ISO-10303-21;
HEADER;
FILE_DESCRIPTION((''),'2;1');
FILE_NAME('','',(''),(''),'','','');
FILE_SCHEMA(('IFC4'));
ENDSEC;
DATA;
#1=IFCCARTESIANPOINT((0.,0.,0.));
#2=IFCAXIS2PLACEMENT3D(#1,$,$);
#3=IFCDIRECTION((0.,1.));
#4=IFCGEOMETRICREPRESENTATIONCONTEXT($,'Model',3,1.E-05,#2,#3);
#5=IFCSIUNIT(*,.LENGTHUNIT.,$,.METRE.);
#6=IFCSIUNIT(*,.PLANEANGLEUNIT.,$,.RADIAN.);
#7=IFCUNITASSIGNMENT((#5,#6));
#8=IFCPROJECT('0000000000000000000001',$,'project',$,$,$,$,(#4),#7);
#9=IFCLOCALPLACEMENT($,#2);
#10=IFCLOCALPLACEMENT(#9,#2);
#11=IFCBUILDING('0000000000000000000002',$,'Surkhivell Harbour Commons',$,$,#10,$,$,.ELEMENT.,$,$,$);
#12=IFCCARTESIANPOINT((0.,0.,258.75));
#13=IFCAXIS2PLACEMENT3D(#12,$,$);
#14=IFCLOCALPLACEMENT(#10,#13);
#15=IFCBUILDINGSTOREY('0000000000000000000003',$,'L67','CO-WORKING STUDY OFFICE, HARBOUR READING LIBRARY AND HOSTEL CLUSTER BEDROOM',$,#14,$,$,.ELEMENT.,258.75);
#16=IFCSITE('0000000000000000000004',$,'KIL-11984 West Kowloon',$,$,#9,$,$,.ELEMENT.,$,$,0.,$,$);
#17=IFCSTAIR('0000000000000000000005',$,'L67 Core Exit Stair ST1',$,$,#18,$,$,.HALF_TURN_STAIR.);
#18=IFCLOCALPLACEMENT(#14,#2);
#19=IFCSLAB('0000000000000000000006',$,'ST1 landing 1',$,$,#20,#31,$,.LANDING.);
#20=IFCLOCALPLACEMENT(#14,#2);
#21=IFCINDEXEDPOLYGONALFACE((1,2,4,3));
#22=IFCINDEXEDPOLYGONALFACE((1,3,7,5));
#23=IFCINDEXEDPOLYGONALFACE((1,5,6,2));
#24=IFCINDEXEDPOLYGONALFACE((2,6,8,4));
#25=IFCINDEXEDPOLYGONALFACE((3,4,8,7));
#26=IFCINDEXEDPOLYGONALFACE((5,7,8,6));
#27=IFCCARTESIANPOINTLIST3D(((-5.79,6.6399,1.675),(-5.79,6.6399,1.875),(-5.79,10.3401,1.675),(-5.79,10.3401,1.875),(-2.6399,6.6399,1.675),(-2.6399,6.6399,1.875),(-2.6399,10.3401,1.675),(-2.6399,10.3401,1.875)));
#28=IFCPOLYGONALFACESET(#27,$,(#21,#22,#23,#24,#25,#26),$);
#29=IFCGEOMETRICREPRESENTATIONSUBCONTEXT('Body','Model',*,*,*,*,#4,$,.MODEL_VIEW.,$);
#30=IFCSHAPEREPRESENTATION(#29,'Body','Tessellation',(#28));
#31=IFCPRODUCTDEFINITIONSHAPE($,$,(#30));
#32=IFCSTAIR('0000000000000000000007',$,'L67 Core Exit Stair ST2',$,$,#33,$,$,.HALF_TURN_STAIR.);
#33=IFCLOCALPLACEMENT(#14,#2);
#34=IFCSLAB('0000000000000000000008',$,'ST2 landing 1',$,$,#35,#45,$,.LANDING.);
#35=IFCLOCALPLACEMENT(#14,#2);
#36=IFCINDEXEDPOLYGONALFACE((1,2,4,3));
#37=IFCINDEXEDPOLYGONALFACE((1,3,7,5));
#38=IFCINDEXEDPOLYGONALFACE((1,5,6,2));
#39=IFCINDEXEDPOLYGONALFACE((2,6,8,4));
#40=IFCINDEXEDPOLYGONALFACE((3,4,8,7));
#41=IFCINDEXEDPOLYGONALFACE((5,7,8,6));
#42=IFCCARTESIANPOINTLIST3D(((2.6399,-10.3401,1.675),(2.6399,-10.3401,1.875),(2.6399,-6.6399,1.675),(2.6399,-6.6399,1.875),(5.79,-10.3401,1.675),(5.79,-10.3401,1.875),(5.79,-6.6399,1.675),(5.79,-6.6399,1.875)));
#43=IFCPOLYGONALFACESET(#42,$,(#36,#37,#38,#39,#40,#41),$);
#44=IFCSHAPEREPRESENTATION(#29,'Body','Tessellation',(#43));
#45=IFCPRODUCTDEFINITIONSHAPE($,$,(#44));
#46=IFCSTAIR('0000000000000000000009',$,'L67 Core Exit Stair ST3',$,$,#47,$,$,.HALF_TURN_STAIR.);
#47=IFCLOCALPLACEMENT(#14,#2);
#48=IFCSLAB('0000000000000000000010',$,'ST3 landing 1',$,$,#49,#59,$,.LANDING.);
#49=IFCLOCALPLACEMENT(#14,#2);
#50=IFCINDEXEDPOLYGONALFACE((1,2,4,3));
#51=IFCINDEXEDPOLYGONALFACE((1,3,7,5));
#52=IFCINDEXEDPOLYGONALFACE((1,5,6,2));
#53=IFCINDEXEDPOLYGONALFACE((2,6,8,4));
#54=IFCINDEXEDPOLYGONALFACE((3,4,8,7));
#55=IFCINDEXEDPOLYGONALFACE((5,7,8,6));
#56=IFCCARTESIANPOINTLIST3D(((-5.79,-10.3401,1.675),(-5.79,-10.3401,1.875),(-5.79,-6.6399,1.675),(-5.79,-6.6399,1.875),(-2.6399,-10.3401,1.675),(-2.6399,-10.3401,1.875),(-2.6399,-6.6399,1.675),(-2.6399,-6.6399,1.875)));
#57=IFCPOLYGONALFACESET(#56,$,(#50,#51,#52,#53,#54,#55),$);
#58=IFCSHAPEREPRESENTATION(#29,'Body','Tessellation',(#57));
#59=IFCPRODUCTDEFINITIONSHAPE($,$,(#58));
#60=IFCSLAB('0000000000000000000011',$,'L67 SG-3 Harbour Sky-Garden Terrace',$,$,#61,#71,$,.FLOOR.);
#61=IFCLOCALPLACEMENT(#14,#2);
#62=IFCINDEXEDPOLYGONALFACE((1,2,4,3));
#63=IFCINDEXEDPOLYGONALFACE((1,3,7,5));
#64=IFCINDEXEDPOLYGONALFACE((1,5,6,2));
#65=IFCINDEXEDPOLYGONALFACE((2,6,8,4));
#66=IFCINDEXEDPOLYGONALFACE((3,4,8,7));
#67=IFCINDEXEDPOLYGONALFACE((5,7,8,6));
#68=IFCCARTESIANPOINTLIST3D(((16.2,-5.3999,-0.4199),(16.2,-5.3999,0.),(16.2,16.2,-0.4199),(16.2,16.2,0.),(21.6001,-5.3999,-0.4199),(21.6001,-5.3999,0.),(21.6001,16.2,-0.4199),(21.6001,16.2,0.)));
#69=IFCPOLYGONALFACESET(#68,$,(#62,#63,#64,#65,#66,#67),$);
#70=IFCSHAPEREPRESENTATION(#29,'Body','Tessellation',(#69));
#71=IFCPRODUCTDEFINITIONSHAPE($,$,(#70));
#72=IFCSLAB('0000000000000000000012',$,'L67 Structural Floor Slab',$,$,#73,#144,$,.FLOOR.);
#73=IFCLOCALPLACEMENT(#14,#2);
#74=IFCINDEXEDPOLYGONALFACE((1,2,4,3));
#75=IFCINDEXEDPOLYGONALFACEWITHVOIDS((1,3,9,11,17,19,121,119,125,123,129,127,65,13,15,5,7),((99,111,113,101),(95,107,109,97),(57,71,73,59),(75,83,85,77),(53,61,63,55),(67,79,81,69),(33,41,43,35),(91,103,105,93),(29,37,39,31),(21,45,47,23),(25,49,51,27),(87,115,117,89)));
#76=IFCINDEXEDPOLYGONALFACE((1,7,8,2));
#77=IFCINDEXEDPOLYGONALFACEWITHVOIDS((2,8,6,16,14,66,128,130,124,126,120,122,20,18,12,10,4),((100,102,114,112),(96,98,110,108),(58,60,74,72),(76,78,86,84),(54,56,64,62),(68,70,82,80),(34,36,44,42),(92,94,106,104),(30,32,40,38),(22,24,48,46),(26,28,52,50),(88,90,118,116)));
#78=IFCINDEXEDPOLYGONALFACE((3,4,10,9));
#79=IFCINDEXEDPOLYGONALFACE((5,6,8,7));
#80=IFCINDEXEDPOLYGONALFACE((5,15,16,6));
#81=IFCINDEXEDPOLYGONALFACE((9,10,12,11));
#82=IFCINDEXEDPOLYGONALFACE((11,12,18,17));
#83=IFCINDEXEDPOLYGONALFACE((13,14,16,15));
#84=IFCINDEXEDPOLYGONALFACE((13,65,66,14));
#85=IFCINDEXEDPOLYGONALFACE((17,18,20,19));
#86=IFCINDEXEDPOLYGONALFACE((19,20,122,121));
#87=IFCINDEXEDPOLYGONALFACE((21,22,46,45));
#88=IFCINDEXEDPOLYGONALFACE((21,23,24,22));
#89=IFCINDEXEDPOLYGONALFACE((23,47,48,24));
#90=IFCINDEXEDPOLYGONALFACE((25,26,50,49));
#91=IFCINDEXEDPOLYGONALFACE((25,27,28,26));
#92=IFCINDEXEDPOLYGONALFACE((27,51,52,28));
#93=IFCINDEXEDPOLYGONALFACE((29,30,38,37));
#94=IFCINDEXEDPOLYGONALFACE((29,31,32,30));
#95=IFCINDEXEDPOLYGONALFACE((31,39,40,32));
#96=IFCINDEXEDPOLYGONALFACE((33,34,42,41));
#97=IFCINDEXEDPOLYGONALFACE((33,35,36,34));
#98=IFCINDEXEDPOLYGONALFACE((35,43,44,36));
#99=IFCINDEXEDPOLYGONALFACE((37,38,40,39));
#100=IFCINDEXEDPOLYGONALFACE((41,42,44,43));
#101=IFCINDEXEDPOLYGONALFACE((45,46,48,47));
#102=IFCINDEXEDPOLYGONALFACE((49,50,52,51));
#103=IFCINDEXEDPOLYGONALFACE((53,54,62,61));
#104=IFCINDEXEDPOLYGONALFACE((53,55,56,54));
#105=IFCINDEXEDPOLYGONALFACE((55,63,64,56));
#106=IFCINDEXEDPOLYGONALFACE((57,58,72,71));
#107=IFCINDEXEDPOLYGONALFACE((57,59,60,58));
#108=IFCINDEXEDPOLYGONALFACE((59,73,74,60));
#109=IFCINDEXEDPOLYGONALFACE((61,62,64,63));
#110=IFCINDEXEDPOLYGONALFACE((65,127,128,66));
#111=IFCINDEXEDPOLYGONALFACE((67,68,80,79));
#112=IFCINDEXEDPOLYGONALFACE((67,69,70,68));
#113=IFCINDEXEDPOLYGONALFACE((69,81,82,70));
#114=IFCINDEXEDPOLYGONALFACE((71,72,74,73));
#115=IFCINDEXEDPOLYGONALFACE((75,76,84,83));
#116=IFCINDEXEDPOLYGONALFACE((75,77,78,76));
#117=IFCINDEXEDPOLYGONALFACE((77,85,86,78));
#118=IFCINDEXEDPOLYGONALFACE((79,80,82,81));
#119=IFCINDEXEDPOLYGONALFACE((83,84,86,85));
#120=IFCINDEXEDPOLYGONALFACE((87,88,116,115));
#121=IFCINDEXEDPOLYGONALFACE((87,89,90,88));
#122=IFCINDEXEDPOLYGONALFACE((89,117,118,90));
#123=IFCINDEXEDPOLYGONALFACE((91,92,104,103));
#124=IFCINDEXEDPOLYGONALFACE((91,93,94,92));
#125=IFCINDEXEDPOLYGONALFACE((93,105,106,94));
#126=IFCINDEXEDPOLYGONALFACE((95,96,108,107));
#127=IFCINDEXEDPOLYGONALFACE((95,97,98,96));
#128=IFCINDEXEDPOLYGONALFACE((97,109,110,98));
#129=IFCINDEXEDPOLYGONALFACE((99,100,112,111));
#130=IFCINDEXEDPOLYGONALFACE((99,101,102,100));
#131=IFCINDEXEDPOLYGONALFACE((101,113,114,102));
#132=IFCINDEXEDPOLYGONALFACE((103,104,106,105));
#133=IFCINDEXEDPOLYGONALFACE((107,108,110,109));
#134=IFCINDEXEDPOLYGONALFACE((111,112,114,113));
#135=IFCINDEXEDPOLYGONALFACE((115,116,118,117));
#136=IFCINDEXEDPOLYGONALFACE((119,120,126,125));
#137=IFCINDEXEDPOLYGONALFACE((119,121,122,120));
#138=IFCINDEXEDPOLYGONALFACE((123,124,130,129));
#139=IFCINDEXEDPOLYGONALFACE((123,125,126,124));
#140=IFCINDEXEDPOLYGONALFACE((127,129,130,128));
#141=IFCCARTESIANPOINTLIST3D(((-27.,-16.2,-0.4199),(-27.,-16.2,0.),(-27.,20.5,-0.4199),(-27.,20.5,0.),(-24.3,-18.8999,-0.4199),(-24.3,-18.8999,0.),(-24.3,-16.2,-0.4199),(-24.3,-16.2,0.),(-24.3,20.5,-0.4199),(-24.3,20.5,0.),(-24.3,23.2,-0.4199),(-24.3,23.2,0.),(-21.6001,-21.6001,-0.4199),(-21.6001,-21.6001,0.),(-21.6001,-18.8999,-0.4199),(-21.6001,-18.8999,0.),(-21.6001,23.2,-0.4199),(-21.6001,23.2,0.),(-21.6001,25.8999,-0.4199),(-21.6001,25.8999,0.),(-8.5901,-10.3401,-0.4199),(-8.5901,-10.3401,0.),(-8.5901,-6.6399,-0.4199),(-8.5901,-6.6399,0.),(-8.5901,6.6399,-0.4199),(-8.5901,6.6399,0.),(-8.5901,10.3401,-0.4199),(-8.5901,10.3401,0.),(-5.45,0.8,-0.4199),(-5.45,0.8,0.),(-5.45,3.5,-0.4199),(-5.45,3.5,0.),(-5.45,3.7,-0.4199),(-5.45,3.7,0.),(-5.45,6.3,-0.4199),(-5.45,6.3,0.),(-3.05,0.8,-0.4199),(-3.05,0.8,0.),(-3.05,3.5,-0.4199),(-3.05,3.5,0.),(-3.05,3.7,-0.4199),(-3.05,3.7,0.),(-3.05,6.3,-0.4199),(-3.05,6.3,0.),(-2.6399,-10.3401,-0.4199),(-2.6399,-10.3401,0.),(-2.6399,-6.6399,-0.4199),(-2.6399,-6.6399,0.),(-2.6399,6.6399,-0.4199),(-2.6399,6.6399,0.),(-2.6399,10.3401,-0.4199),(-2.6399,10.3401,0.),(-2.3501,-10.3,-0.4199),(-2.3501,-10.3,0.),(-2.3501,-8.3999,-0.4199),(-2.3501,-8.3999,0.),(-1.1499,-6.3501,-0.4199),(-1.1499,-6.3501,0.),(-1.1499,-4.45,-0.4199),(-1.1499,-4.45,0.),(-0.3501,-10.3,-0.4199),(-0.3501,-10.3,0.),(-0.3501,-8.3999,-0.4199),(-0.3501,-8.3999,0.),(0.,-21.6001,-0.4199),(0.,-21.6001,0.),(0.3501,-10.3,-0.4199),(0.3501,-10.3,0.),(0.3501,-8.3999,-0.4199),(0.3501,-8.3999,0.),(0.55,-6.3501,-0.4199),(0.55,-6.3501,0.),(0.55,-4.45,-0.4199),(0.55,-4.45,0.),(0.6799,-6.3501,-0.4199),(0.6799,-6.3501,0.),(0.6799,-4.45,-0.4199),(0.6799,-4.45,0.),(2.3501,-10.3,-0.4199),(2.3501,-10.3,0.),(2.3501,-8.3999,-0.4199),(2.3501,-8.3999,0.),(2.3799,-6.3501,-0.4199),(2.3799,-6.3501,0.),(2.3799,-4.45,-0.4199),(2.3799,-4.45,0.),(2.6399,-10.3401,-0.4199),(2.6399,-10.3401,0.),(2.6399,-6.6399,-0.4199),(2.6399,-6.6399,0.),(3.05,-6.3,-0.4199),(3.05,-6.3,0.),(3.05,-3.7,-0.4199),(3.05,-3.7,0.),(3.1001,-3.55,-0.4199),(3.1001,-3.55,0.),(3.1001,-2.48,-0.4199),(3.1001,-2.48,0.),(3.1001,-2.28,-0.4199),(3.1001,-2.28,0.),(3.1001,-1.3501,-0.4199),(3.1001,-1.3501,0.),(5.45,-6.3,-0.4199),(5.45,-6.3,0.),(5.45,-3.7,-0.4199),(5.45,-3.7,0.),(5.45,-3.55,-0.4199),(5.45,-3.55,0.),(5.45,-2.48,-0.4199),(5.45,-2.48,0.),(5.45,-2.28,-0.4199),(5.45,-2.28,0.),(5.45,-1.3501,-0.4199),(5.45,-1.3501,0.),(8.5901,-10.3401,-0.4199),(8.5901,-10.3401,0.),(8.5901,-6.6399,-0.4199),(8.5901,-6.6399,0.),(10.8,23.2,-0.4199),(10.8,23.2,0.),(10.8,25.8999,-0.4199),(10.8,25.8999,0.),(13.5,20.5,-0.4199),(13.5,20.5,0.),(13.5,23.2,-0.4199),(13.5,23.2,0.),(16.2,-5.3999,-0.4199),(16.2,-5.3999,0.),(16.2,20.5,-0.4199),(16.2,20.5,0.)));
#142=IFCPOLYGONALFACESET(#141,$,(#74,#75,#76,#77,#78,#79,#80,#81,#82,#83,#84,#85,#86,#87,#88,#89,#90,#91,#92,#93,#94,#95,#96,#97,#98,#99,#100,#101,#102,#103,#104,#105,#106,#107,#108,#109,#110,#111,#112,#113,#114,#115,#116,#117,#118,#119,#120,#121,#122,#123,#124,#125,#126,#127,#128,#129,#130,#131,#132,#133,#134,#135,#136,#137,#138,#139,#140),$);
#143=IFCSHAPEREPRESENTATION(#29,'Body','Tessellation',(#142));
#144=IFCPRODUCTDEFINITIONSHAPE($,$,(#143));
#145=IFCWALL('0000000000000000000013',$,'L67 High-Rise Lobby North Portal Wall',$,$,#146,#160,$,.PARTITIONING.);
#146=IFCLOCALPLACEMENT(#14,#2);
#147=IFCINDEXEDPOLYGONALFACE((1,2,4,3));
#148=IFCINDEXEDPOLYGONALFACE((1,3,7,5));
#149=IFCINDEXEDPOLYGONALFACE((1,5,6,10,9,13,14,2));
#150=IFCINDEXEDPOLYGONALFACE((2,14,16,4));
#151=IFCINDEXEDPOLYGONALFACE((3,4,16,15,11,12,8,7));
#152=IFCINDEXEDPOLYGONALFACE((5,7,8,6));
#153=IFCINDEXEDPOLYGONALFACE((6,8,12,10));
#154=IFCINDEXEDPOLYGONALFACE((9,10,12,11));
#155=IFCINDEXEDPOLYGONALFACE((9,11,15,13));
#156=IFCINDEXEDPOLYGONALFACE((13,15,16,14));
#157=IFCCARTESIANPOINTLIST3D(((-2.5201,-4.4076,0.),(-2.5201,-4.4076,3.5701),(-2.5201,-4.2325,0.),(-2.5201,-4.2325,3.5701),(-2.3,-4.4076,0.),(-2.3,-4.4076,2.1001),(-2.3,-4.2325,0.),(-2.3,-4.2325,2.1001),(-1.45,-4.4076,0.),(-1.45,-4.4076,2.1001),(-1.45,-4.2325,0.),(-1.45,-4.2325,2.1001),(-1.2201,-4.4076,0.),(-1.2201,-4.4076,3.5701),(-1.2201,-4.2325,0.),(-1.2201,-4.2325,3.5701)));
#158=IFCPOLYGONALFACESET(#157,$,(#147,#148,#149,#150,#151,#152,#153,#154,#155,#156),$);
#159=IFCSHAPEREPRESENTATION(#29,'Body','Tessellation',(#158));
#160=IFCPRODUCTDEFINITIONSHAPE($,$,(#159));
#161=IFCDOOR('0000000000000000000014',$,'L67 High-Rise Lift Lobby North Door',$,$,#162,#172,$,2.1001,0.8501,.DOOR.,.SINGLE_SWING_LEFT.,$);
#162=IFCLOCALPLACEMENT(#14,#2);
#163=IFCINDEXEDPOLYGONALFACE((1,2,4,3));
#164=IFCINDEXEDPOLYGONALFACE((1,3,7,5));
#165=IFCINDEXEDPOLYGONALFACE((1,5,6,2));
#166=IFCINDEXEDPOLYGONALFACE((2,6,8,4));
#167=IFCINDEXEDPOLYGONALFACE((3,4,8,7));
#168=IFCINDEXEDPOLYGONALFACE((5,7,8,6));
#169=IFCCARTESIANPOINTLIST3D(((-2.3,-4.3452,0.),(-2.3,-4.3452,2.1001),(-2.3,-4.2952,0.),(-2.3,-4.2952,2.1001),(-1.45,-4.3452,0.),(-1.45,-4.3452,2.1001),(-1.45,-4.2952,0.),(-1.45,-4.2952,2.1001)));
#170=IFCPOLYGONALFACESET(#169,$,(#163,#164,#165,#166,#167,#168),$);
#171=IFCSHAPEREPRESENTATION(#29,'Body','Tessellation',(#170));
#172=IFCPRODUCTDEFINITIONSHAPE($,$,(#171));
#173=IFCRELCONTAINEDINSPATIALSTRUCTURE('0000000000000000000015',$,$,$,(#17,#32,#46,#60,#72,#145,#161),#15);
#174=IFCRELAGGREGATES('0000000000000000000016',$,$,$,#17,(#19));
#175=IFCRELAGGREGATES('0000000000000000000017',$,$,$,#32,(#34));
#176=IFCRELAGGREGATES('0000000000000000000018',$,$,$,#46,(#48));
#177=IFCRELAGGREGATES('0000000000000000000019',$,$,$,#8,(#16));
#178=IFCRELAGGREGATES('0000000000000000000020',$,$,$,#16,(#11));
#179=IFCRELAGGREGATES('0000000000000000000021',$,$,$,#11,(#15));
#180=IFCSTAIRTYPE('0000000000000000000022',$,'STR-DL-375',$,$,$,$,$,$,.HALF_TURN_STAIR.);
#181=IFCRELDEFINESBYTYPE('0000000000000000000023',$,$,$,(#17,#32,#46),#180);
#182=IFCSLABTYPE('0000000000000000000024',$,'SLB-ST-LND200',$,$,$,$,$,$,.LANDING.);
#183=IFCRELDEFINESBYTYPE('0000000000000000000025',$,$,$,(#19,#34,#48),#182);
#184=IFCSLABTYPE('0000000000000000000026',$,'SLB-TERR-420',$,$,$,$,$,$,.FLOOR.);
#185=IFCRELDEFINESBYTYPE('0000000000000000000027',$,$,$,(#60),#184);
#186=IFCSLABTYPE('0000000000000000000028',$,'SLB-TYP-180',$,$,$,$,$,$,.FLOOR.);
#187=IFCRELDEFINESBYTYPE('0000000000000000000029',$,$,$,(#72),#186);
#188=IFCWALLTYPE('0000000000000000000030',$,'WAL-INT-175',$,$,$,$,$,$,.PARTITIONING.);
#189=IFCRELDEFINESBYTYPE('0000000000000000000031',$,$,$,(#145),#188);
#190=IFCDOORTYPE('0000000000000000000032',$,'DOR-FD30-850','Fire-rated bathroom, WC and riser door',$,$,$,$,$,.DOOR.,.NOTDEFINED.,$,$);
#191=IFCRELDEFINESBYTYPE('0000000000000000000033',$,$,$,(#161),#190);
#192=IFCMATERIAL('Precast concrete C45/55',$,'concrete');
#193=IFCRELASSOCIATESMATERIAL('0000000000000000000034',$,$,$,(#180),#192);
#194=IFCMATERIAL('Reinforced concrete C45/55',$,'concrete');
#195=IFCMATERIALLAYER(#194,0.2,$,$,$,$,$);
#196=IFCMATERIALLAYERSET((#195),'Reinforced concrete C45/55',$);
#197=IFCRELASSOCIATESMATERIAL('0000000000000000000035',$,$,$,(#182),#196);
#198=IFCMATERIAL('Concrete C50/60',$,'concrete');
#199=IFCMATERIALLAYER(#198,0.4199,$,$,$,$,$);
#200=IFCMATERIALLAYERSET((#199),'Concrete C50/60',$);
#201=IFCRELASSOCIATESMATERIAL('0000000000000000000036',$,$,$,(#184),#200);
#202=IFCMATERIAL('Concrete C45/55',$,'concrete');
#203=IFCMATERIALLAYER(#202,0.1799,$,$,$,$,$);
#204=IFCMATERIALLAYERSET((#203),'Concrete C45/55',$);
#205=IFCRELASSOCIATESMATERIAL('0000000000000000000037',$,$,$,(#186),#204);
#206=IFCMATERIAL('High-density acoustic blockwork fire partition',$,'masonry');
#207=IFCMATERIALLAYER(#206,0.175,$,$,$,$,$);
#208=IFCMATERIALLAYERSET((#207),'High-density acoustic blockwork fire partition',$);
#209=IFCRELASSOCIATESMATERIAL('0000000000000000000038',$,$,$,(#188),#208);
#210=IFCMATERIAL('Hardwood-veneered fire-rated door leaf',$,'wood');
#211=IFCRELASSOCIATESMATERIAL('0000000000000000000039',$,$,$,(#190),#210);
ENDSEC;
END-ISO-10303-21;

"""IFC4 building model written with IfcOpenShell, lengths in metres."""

from ifc_helpers import new_model, si_unit, direction, frame, frame_2d, origin, place, context, subcontext, project, spatial, polyline, rectangle, outline, extrude, material, layer, layer_set, type_object, element, fill, aggregate, save


model = new_model("IFC4")

# Units and contexts
model_context = context("Model", 3, precision=1e-05, world=origin(), true_north=direction((0.0, 1.0)))
body_context = subcontext(model_context, "Body", "Model", "MODEL_VIEW")
ifc_project = project(units=[si_unit("LENGTHUNIT", "METRE"), si_unit("PLANEANGLEUNIT", "RADIAN")], contexts=[model_context])

# Site, building, storey
site_placement = place(None, origin())
site = spatial("IfcSite", under=ifc_project, at=site_placement, Name="KIL-11984 West Kowloon", CompositionType="ELEMENT", RefElevation=0.0)
building_placement = place(site_placement, origin())
building = spatial("IfcBuilding", under=site, at=building_placement, Name="Surkhivell Harbour Commons", CompositionType="ELEMENT")
storey_placement = place(building_placement, frame((0.0, 0.0, 258.75)))
storey = spatial("IfcBuildingStorey", under=building, at=storey_placement, Name="L67", Description="CO-WORKING STUDY OFFICE, HARBOUR READING LIBRARY AND HOSTEL CLUSTER BEDROOM", CompositionType="ELEMENT", Elevation=258.75)

# Stairs, slabs
ifc_material_1 = material(Name="Precast concrete C45/55", Category="concrete")
stair_type = type_object("IfcStairType", Name="STR-DL-375", PredefinedType="HALF_TURN_STAIR", material=ifc_material_1)
stair_1_placement = place(storey_placement, origin())
stair_1 = element("IfcStair", 1, at=stair_1_placement, inside=storey, type_object=stair_type, Name="L67 Core Exit Stair ST1", PredefinedType="HALF_TURN_STAIR")
ifc_material_2 = material(Name="Reinforced concrete C45/55", Category="concrete")
ifc_layer_1 = layer(ifc_material_2, 0.2)
ifc_layer_set_1 = layer_set([ifc_layer_1], Name="Reinforced concrete C45/55")
slab_type_1 = type_object("IfcSlabType", Name="SLB-ST-LND200", PredefinedType="LANDING", material=ifc_layer_set_1)
slab_1_placement = place(storey_placement, frame((0.0, 0.0, 1.675)))
slab_1 = element("IfcSlab", 2, at=slab_1_placement, type_object=slab_type_1, Name="ST1 landing 1", PredefinedType="LANDING", context=body_context, shape_type="SweptSolid", body=[
    extrude(outline(polyline([(-5.79, 6.6399), (-2.6399, 6.6399), (-2.6399, 10.3401), (-5.79, 10.3401), (-5.79, 6.6399)])), origin(), (0.0, 0.0, 1.0), 0.2),
])
aggregate(stair_1, [slab_1])
stair_2_placement = place(storey_placement, origin())
stair_2 = element("IfcStair", 3, at=stair_2_placement, inside=storey, type_object=stair_type, Name="L67 Core Exit Stair ST2", PredefinedType="HALF_TURN_STAIR")
slab_2_placement = place(storey_placement, frame((0.0, 0.0, 1.675)))
slab_2 = element("IfcSlab", 4, at=slab_2_placement, type_object=slab_type_1, Name="ST2 landing 1", PredefinedType="LANDING", context=body_context, shape_type="SweptSolid", body=[
    extrude(outline(polyline([(5.79, -6.6399), (2.6399, -6.6399), (2.6399, -10.3401), (5.79, -10.3401), (5.79, -6.6399)])), origin(), (0.0, 0.0, 1.0), 0.2),
])
aggregate(stair_2, [slab_2])
stair_3_placement = place(storey_placement, origin())
stair_3 = element("IfcStair", 5, at=stair_3_placement, inside=storey, type_object=stair_type, Name="L67 Core Exit Stair ST3", PredefinedType="HALF_TURN_STAIR")
slab_3_placement = place(storey_placement, frame((0.0, 0.0, 1.675)))
slab_3 = element("IfcSlab", 6, at=slab_3_placement, type_object=slab_type_1, Name="ST3 landing 1", PredefinedType="LANDING", context=body_context, shape_type="SweptSolid", body=[
    extrude(outline(polyline([(-5.79, -10.3401), (-2.6399, -10.3401), (-2.6399, -6.6399), (-5.79, -6.6399), (-5.79, -10.3401)])), origin(), (0.0, 0.0, 1.0), 0.2),
])
aggregate(stair_3, [slab_3])

# Slabs
ifc_material_3 = material(Name="Concrete C50/60", Category="concrete")
ifc_layer_2 = layer(ifc_material_3, 0.4199)
ifc_layer_set_2 = layer_set([ifc_layer_2], Name="Concrete C50/60")
slab_type_2 = type_object("IfcSlabType", Name="SLB-TERR-420", PredefinedType="FLOOR", material=ifc_layer_set_2)
slab_4_placement = place(storey_placement, frame((0.0, 0.0, -0.4199)))
element("IfcSlab", 7, at=slab_4_placement, inside=storey, type_object=slab_type_2, Name="L67 SG-3 Harbour Sky-Garden Terrace", PredefinedType="FLOOR", context=body_context, shape_type="SweptSolid", body=[
    extrude(outline(polyline([(16.2, -5.3999), (21.6001, -5.3999), (21.6001, 16.2), (16.2, 16.2), (16.2, -5.3999)])), origin(), (0.0, 0.0, 1.0), 0.4199),
])
ifc_material_4 = material(Name="Concrete C45/55", Category="concrete")
ifc_layer_3 = layer(ifc_material_4, 0.1799)
ifc_layer_set_3 = layer_set([ifc_layer_3], Name="Concrete C45/55")
slab_type_3 = type_object("IfcSlabType", Name="SLB-TYP-180", PredefinedType="FLOOR", material=ifc_layer_set_3)
slab_5_placement = place(storey_placement, frame((0.0, 0.0, -0.4199)))
element("IfcSlab", 8, at=slab_5_placement, inside=storey, type_object=slab_type_3, Name="L67 Structural Floor Slab", PredefinedType="FLOOR", context=body_context, shape_type="SweptSolid", body=[
    extrude(outline(polyline([(-21.6001, -21.6001), (0.0, -21.6001), (16.2, -5.3999), (16.2, 20.5), (13.5, 20.5), (13.5, 23.2), (10.8, 23.2), (10.8, 25.8999), (-21.6001, 25.8999), (-21.6001, 23.2), (-24.3, 23.2), (-24.3, 20.5), (-27.0, 20.5), (-27.0, -16.2), (-24.3, -16.2), (-24.3, -18.8999), (-21.6001, -18.8999), (-21.6001, -21.6001)]), holes=[polyline([(-8.5901, 6.6399), (-2.6399, 6.6399), (-2.6399, 10.3401), (-8.5901, 10.3401), (-8.5901, 6.6399)]), polyline([(8.5901, -6.6399), (2.6399, -6.6399), (2.6399, -10.3401), (8.5901, -10.3401), (8.5901, -6.6399)]), polyline([(-8.5901, -10.3401), (-2.6399, -10.3401), (-2.6399, -6.6399), (-8.5901, -6.6399), (-8.5901, -10.3401)]), polyline([(-1.1499, -6.3501), (0.55, -6.3501), (0.55, -4.45), (-1.1499, -4.45), (-1.1499, -6.3501)]), polyline([(0.6799, -6.3501), (2.3799, -6.3501), (2.3799, -4.45), (0.6799, -4.45), (0.6799, -6.3501)]), polyline([(-2.3501, -10.3), (-0.3501, -10.3), (-0.3501, -8.3999), (-2.3501, -8.3999), (-2.3501, -10.3)]), polyline([(0.3501, -10.3), (2.3501, -10.3), (2.3501, -8.3999), (0.3501, -8.3999), (0.3501, -10.3)]), polyline([(-5.45, 3.7), (-3.05, 3.7), (-3.05, 6.3), (-5.45, 6.3), (-5.45, 3.7)]), polyline([(3.05, -6.3), (5.45, -6.3), (5.45, -3.7), (3.05, -3.7), (3.05, -6.3)]), polyline([(-5.45, 0.8), (-3.05, 0.8), (-3.05, 3.5), (-5.45, 3.5), (-5.45, 0.8)]), polyline([(3.1001, -3.55), (5.45, -3.55), (5.45, -2.48), (3.1001, -2.48), (3.1001, -3.55)]), polyline([(3.1001, -2.28), (5.45, -2.28), (5.45, -1.3501), (3.1001, -1.3501), (3.1001, -2.28)])]), origin(), (0.0, 0.0, 1.0), 0.4199),
])

# Wall, opening, door
ifc_material_5 = material(Name="High-density acoustic blockwork fire partition", Category="masonry")
ifc_layer_4 = layer(ifc_material_5, 0.175)
ifc_layer_set_4 = layer_set([ifc_layer_4], Name="High-density acoustic blockwork fire partition")
wall_type_1 = type_object("IfcWallType", Name="WAL-INT-175", PredefinedType="PARTITIONING", material=ifc_layer_set_4)
wall_1_placement = place(storey_placement, frame((-2.52, -4.3201, 0.0), z_axis=(0.0, 0.0, 1.0), x_axis=(1.0, 0.0, 0.0)))
wall_1 = element("IfcWall", 9, at=wall_1_placement, inside=storey, type_object=wall_type_1, Name="L67 High-Rise Lobby North Portal Wall", PredefinedType="PARTITIONING", context=body_context, shape_type="SweptSolid", body=[
    extrude(rectangle(XDim=1.3, YDim=0.175, at=frame_2d((0.6499, 0.0))), origin(), (0.0, 0.0, 1.0), 3.5701),
])
opening_1_placement = place(wall_1_placement, frame((0.22, 0.0, 0.0)))
opening_1 = element("IfcOpeningElement", 10, at=opening_1_placement, cuts=wall_1, PredefinedType="OPENING", context=body_context, shape_type="SweptSolid", body=[
    extrude(rectangle(XDim=0.8501, YDim=2.1001, at=frame_2d((0.425, 1.05))), frame((0.0, 0.0974, 0.0), z_axis=(0.0, -1.0, 0.0), x_axis=(1.0, 0.0, 0.0)), (0.0, 0.0, 1.0), 0.1951),
])
ifc_material_6 = material(Name="Hardwood-veneered fire-rated door leaf", Category="wood")
door_type_1 = type_object("IfcDoorType", Name="DOR-FD30-850", Description="Fire-rated bathroom, WC and riser door", OperationType="NOTDEFINED", PredefinedType="DOOR", material=ifc_material_6)
door_1_placement = place(opening_1_placement, origin())
door_1 = element("IfcDoor", 11, at=door_1_placement, inside=storey, type_object=door_type_1, Name="L67 High-Rise Lift Lobby North Door", OperationType="SINGLE_SWING_LEFT", OverallHeight=2.1001, OverallWidth=0.8501, PredefinedType="DOOR", context=body_context, shape_type="SweptSolid", body=[
    extrude(rectangle(XDim=0.8501, YDim=2.1001, at=frame_2d((0.425, 1.05))), frame((0.0, 0.0249, 0.0), z_axis=(0.0, -1.0, 0.0), x_axis=(1.0, 0.0, 0.0)), (0.0, 0.0, 1.0), 0.05),
])
fill(opening_1, door_1)

save(model, "model.ifc")
